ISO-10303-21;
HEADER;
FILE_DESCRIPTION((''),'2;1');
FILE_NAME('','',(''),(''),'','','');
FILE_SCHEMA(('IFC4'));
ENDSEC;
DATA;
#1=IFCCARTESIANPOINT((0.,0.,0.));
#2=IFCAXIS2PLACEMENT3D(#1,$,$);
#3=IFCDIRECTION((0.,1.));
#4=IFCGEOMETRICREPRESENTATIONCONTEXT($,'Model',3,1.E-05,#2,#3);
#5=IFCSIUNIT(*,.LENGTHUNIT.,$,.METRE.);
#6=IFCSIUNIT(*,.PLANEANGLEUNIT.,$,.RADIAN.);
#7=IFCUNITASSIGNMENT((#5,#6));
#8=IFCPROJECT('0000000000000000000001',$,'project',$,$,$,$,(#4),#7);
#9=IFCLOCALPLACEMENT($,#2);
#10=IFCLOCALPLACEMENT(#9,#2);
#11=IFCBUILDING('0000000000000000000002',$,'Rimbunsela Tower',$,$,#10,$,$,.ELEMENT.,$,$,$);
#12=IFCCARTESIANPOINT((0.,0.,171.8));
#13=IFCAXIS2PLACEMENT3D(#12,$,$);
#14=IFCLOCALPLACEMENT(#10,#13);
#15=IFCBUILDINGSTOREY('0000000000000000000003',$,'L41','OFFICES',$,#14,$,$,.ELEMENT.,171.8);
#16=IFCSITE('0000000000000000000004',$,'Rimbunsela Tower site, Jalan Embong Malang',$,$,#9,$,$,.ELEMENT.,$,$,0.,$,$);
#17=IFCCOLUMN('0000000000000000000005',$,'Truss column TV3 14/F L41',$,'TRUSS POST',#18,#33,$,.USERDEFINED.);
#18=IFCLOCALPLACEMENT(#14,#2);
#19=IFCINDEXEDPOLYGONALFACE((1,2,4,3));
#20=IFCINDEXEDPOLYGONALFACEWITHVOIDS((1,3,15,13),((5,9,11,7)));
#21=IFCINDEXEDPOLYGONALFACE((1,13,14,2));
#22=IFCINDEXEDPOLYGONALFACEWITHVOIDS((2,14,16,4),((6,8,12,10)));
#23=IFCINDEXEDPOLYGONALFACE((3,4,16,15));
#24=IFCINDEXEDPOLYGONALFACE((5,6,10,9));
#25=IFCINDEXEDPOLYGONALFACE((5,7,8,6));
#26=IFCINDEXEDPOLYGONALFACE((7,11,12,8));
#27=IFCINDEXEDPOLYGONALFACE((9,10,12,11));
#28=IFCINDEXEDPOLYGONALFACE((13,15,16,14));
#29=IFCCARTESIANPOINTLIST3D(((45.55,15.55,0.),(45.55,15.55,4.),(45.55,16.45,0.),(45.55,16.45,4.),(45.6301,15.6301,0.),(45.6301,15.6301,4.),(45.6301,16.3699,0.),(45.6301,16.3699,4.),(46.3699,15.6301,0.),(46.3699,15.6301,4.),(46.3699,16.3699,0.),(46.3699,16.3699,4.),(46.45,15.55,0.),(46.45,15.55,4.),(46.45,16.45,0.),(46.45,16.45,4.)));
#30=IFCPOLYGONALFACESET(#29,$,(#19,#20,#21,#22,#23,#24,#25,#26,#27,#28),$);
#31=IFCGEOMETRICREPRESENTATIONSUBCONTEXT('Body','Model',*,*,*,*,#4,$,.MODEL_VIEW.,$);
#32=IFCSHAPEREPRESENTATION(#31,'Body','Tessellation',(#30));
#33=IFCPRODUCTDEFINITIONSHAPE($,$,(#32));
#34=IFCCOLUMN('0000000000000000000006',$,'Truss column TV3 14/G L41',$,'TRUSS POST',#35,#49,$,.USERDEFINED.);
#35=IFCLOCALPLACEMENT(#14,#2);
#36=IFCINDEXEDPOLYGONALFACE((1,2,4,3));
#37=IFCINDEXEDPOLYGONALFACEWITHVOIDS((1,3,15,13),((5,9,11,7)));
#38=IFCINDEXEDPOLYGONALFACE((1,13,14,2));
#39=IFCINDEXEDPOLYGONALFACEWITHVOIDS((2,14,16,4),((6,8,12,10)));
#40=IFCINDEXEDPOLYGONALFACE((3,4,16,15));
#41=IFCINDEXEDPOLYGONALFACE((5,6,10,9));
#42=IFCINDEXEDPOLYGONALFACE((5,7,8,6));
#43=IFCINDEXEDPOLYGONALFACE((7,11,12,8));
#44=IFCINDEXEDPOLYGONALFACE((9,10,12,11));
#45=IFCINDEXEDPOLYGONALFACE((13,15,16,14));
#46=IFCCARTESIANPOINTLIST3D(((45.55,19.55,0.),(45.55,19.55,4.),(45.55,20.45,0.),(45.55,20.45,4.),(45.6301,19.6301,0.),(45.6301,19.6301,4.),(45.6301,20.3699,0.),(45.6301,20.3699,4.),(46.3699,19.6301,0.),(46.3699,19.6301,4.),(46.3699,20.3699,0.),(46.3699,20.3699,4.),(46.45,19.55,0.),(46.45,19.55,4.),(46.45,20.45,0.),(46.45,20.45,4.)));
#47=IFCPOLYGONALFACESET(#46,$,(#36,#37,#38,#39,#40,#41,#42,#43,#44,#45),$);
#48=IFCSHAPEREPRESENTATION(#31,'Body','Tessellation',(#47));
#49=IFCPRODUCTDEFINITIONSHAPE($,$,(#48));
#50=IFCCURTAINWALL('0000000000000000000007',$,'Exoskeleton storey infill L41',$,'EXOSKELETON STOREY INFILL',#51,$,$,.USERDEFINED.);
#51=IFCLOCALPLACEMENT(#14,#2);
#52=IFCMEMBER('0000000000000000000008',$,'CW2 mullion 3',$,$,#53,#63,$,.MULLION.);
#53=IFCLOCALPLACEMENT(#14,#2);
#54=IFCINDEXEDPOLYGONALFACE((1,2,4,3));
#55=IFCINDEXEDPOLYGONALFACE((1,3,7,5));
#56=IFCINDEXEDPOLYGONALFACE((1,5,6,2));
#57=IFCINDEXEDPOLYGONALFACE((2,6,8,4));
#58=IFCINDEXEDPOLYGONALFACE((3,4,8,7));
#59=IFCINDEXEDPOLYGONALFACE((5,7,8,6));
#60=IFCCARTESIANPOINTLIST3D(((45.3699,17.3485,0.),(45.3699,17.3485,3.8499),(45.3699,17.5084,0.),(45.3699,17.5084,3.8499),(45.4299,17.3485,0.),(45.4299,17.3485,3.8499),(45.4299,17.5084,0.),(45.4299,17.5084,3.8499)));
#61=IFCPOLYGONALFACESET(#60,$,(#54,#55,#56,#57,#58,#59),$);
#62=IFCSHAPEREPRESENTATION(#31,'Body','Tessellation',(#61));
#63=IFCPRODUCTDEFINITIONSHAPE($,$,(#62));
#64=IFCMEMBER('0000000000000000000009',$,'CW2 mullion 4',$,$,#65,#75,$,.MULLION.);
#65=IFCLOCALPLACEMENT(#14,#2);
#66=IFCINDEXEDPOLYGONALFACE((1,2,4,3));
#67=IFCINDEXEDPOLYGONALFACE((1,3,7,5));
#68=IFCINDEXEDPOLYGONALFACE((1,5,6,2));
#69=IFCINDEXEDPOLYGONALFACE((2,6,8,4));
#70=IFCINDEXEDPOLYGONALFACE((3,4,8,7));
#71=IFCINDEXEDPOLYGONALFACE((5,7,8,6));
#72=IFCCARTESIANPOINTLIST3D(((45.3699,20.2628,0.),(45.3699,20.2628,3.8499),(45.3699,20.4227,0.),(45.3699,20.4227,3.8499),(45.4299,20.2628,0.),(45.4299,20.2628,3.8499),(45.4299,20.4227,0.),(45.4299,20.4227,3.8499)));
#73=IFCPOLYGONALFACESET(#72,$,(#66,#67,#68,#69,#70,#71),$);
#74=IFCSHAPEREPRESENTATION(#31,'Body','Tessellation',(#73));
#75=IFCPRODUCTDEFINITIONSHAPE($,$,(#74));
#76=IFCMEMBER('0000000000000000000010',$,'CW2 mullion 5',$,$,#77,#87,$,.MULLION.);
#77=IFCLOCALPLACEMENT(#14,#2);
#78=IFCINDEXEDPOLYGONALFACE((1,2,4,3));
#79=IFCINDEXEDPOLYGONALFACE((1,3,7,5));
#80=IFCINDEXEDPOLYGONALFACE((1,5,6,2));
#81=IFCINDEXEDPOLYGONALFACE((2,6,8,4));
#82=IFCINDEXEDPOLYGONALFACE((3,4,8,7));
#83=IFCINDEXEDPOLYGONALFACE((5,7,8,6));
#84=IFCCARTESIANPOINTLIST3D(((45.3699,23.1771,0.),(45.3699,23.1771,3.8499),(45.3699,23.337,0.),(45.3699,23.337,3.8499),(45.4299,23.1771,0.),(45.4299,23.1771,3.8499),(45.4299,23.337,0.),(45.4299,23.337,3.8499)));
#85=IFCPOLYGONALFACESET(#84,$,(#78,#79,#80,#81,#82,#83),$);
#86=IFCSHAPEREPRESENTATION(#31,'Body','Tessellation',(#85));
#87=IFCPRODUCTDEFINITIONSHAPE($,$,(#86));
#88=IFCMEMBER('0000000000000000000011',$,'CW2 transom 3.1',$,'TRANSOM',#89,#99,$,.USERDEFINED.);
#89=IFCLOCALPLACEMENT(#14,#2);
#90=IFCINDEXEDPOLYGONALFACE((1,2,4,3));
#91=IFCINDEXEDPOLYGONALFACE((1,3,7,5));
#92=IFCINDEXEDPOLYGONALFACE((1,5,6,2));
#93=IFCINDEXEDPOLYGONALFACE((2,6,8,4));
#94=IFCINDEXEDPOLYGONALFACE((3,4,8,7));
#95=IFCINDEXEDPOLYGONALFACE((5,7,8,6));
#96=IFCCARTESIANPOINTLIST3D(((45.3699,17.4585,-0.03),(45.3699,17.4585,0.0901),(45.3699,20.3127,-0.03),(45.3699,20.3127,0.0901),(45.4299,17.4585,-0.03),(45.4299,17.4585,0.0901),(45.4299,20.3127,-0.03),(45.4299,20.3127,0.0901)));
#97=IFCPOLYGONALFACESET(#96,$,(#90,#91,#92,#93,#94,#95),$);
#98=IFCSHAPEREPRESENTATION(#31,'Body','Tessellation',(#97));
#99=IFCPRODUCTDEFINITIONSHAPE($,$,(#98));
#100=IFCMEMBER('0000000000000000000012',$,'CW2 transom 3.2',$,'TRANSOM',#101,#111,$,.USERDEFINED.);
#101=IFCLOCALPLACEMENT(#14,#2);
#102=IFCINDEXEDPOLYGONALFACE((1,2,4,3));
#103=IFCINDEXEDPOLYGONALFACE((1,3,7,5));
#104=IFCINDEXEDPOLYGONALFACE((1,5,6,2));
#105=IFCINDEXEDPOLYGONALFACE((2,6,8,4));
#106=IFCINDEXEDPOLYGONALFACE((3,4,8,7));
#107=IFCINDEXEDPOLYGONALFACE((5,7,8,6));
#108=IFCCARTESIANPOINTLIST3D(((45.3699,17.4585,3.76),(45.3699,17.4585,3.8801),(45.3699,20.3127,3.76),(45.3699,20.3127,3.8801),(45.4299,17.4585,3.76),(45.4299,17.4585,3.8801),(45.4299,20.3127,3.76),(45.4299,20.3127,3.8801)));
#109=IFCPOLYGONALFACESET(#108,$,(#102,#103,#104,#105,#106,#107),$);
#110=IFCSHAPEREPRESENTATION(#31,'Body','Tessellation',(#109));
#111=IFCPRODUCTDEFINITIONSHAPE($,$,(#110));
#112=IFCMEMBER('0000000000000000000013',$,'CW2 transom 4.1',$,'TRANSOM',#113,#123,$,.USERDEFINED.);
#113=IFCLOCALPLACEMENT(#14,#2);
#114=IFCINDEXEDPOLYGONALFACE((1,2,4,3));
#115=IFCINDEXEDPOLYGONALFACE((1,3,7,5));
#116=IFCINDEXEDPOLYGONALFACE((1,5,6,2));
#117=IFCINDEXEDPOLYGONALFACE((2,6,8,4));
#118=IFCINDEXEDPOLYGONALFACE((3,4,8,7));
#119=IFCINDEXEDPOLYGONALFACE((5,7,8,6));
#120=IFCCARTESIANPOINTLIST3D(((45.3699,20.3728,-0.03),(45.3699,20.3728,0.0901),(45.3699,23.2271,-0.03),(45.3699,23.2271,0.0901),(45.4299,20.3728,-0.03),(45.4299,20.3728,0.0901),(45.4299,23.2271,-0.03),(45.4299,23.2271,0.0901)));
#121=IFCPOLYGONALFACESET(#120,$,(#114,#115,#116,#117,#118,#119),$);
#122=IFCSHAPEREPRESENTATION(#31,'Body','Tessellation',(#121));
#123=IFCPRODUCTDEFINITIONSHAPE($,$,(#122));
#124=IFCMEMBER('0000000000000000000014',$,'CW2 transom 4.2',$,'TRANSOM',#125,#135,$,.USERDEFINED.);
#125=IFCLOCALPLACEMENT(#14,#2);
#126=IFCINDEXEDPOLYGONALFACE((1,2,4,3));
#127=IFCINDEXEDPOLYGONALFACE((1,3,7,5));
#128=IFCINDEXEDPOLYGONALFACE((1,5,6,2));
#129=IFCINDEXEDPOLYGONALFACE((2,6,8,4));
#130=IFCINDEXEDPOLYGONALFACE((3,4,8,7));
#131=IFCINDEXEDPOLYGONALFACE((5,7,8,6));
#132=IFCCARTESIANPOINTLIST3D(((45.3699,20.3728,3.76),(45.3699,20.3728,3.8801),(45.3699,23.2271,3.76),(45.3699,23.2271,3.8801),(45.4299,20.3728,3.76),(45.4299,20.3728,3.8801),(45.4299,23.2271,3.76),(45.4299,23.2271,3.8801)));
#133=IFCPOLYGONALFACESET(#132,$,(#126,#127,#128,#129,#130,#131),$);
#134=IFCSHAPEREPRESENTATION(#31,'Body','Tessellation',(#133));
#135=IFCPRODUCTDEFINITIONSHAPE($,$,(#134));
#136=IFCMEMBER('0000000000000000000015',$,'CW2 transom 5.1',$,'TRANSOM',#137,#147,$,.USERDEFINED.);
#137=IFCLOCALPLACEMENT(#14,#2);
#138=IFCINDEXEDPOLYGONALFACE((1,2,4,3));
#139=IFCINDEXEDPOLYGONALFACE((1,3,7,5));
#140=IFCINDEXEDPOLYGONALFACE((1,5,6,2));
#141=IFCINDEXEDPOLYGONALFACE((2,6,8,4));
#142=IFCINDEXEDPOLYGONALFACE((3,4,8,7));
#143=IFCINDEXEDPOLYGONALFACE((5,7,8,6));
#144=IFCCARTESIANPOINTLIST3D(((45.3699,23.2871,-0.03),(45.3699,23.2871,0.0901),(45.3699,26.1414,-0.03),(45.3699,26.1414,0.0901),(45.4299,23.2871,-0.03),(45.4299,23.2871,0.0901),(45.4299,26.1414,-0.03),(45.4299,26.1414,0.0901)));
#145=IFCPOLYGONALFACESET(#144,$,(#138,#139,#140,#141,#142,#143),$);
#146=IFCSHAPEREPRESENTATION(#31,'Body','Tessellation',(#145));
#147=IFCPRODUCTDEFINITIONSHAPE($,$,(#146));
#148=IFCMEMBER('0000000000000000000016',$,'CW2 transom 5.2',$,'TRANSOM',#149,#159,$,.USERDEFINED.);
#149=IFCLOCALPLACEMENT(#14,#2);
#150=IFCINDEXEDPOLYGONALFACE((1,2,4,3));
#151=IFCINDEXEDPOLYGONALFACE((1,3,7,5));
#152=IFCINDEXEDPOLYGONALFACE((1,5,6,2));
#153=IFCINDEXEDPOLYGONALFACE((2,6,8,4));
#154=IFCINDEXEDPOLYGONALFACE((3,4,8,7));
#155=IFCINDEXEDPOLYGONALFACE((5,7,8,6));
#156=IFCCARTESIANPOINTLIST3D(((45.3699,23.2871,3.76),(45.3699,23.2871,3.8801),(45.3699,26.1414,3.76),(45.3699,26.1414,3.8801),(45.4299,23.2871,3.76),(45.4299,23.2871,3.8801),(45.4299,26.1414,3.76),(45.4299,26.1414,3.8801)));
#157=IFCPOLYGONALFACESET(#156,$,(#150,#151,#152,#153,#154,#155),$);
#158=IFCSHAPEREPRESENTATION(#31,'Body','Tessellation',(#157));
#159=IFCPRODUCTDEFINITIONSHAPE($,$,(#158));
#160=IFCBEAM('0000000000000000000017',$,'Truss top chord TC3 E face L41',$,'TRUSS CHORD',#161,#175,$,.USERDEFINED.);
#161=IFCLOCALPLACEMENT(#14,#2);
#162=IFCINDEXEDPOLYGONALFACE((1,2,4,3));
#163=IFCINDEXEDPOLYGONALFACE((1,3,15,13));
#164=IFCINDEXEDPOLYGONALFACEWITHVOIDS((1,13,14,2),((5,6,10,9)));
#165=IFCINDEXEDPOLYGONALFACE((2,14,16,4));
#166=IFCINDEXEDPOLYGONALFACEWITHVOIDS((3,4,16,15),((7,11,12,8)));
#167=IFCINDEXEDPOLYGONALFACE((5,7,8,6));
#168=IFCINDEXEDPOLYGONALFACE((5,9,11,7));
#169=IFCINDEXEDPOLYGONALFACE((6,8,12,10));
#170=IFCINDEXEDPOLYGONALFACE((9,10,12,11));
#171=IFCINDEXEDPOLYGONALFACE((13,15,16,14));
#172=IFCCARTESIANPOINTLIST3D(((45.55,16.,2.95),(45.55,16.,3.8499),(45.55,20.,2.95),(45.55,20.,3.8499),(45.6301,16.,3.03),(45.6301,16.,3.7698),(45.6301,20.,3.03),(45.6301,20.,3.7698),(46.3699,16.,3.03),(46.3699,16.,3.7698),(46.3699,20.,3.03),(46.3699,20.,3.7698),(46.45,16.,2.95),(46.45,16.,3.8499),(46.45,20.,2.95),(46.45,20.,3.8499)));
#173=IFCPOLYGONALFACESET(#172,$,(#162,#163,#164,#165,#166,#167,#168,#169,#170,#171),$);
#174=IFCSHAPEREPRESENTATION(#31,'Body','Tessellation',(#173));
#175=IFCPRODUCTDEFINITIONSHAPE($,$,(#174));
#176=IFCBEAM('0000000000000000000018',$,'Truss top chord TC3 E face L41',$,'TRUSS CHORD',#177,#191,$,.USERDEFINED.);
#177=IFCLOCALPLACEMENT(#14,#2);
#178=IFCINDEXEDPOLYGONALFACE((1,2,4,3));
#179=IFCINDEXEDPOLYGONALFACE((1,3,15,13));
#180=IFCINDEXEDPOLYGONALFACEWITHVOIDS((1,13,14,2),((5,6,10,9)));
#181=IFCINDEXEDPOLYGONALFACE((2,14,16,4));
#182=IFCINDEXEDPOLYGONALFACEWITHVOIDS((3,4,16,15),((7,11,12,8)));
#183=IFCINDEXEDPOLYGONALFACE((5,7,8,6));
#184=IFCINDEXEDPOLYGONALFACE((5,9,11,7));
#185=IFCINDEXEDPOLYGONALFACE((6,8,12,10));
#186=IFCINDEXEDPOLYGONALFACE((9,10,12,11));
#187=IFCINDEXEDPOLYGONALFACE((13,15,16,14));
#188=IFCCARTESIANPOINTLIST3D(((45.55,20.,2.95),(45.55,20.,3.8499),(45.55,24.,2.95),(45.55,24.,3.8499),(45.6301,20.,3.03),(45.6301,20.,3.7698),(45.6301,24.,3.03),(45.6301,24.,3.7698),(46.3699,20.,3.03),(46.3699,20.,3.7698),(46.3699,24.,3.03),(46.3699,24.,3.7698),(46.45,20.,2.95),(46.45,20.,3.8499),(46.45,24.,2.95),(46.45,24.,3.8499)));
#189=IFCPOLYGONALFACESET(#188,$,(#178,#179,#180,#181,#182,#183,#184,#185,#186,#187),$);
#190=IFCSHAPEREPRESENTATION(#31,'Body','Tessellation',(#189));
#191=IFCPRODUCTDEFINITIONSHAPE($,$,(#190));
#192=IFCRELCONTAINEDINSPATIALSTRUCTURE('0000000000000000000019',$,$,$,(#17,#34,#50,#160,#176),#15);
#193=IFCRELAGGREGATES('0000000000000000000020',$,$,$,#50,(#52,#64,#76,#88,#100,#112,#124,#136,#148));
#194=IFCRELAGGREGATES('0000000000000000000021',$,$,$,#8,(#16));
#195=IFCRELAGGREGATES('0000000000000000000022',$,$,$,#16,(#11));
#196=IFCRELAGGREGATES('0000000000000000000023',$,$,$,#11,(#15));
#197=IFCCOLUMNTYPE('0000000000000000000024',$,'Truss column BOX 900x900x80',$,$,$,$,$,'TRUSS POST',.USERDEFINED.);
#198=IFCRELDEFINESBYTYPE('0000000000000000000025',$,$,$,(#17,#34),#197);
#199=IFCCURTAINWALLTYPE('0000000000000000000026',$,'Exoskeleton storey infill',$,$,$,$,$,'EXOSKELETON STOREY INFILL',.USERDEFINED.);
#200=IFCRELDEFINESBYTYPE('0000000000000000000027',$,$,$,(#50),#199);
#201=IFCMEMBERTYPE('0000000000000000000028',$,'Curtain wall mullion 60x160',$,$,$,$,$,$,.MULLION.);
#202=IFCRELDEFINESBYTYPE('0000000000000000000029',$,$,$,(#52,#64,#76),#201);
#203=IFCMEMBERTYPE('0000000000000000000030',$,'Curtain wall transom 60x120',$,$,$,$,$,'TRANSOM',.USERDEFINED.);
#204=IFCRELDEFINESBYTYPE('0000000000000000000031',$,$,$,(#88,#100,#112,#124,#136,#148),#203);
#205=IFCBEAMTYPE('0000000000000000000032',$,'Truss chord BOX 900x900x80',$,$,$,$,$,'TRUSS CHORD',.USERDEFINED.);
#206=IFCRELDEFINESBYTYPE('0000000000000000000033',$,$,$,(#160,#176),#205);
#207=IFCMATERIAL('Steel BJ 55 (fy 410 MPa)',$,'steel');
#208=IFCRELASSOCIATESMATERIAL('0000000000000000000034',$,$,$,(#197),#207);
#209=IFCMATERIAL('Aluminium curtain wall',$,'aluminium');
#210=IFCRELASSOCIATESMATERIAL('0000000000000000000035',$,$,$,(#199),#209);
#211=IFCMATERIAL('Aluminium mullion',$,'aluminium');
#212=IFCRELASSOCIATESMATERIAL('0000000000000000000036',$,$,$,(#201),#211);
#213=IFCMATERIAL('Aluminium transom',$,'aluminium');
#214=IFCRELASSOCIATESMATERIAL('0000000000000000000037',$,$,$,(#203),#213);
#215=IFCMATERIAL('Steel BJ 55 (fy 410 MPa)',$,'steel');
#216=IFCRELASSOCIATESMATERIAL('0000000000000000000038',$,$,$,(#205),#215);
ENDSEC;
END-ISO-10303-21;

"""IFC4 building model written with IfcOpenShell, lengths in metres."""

from ifc_helpers import new_model, si_unit, direction, frame, origin, origin_2d, place, context, subcontext, project, spatial, rectangle, hollow_rectangle, extrude, material, material_profile, profile_set, type_object, element, aggregate, save


model = new_model("IFC4")

# Units and contexts
model_context = context("Model", 3, precision=1e-05, world=origin(), true_north=direction((0.0, 1.0)))
body_context = subcontext(model_context, "Body", "Model", "MODEL_VIEW")
ifc_project = project(units=[si_unit("LENGTHUNIT", "METRE"), si_unit("PLANEANGLEUNIT", "RADIAN")], contexts=[model_context])

# Site, building, storey
site_placement = place(None, origin())
site = spatial("IfcSite", under=ifc_project, at=site_placement, Name="Rimbunsela Tower site, Jalan Embong Malang", CompositionType="ELEMENT", RefElevation=0.0)
building_placement = place(site_placement, origin())
building = spatial("IfcBuilding", under=site, at=building_placement, Name="Rimbunsela Tower", CompositionType="ELEMENT")
storey_placement = place(building_placement, frame((0.0, 0.0, 171.8)))
storey = spatial("IfcBuildingStorey", under=building, at=storey_placement, Name="L41", Description="OFFICES", CompositionType="ELEMENT", Elevation=171.8)

# Columns
ifc_material_1 = material(Name="Steel BJ 55 (fy 410 MPa)", Category="steel")
ifc_material_profile_1 = material_profile(ifc_material_1, hollow_rectangle(XDim=0.8999, YDim=0.8999, WallThickness=0.0801, at=origin_2d()), Name="BOX 900x900x80")
ifc_profile_set_1 = profile_set([ifc_material_profile_1], Name="Steel BJ 55 (fy 410 MPa)")
column_type = type_object("IfcColumnType", Name="Truss column BOX 900x900x80", ElementType="TRUSS POST", PredefinedType="USERDEFINED", material=ifc_profile_set_1)
for number, where, z_axis, x_axis, name in (
    (1, (46.0, 16.0, 0.0), (0.0, 0.0, 1.0), (1.0, 0.0, 0.0), "Truss column TV3 14/F L41"),
    (2, (46.0, 20.0, 0.0), (0.0, 0.0, 1.0), (1.0, 0.0, 0.0), "Truss column TV3 14/G L41"),
):
    element("IfcColumn", number, at=place(storey_placement, frame(where, z_axis=z_axis, x_axis=x_axis)), inside=storey, type_object=column_type, Name=name, ObjectType="TRUSS POST", PredefinedType="USERDEFINED", context=body_context, shape_type="SweptSolid", body=[
        extrude(hollow_rectangle(XDim=0.8999, YDim=0.8999, WallThickness=0.0801, at=origin_2d()), origin(), (0.0, 0.0, 1.0), 4.0),
    ])

# Curtain wall, members
ifc_material_2 = material(Name="Aluminium curtain wall", Category="aluminium")
curtain_wall_type = type_object("IfcCurtainWallType", Name="Exoskeleton storey infill", ElementType="EXOSKELETON STOREY INFILL", PredefinedType="USERDEFINED", material=ifc_material_2)
curtain_wall_placement = place(storey_placement, origin())
curtain_wall = element("IfcCurtainWall", 3, at=curtain_wall_placement, inside=storey, type_object=curtain_wall_type, Name="Exoskeleton storey infill L41", ObjectType="EXOSKELETON STOREY INFILL", PredefinedType="USERDEFINED")
ifc_material_3 = material(Name="Aluminium mullion", Category="aluminium")
ifc_material_profile_2 = material_profile(ifc_material_3, rectangle(XDim=0.0601, YDim=0.1599, at=origin_2d()), Name="Mullion 60x160")
ifc_profile_set_2 = profile_set([ifc_material_profile_2], Name="Aluminium mullion")
member_type_1 = type_object("IfcMemberType", Name="Curtain wall mullion 60x160", PredefinedType="MULLION", material=ifc_profile_set_2)
member_1_placement = place(storey_placement, frame((45.3999, 17.4285, 0.0), z_axis=(0.0, 0.0, 1.0), x_axis=(-1.0, 0.0, 0.0)))
member_1 = element("IfcMember", 4, at=member_1_placement, type_object=member_type_1, Name="CW2 mullion 3", PredefinedType="MULLION", context=body_context, shape_type="SweptSolid", body=[
    extrude(rectangle(XDim=0.0601, YDim=0.1599, at=origin_2d()), origin(), (0.0, 0.0, 1.0), 3.8499),
])
member_2_placement = place(storey_placement, frame((45.3999, 20.3428, 0.0), z_axis=(0.0, 0.0, 1.0), x_axis=(-1.0, 0.0, 0.0)))
member_2 = element("IfcMember", 5, at=member_2_placement, type_object=member_type_1, Name="CW2 mullion 4", PredefinedType="MULLION", context=body_context, shape_type="SweptSolid", body=[
    extrude(rectangle(XDim=0.0601, YDim=0.1599, at=origin_2d()), origin(), (0.0, 0.0, 1.0), 3.8499),
])
member_3_placement = place(storey_placement, frame((45.3999, 23.2571, 0.0), z_axis=(0.0, 0.0, 1.0), x_axis=(-1.0, 0.0, 0.0)))
member_3 = element("IfcMember", 6, at=member_3_placement, type_object=member_type_1, Name="CW2 mullion 5", PredefinedType="MULLION", context=body_context, shape_type="SweptSolid", body=[
    extrude(rectangle(XDim=0.0601, YDim=0.1599, at=origin_2d()), origin(), (0.0, 0.0, 1.0), 3.8499),
])
ifc_material_4 = material(Name="Aluminium transom", Category="aluminium")
ifc_material_profile_3 = material_profile(ifc_material_4, rectangle(XDim=0.0601, YDim=0.1201, at=origin_2d()), Name="Transom 60x120")
ifc_profile_set_3 = profile_set([ifc_material_profile_3], Name="Aluminium transom")
member_type_2 = type_object("IfcMemberType", Name="Curtain wall transom 60x120", ElementType="TRANSOM", PredefinedType="USERDEFINED", material=ifc_profile_set_3)
member_4_placement = place(storey_placement, frame((45.3999, 17.4585, 0.03), z_axis=(0.0, 1.0, 0.0), x_axis=(-1.0, 0.0, 0.0)))
member_4 = element("IfcMember", 7, at=member_4_placement, type_object=member_type_2, Name="CW2 transom 3.1", ObjectType="TRANSOM", PredefinedType="USERDEFINED", context=body_context, shape_type="SweptSolid", body=[
    extrude(rectangle(XDim=0.0601, YDim=0.1201, at=origin_2d()), origin(), (0.0, 0.0, 1.0), 2.8542),
])
member_5_placement = place(storey_placement, frame((45.3999, 17.4585, 3.8201), z_axis=(0.0, 1.0, 0.0), x_axis=(-1.0, 0.0, 0.0)))
member_5 = element("IfcMember", 8, at=member_5_placement, type_object=member_type_2, Name="CW2 transom 3.2", ObjectType="TRANSOM", PredefinedType="USERDEFINED", context=body_context, shape_type="SweptSolid", body=[
    extrude(rectangle(XDim=0.0601, YDim=0.1201, at=origin_2d()), origin(), (0.0, 0.0, 1.0), 2.8542),
])
member_6_placement = place(storey_placement, frame((45.3999, 20.3728, 0.03), z_axis=(0.0, 1.0, 0.0), x_axis=(-1.0, 0.0, 0.0)))
member_6 = element("IfcMember", 9, at=member_6_placement, type_object=member_type_2, Name="CW2 transom 4.1", ObjectType="TRANSOM", PredefinedType="USERDEFINED", context=body_context, shape_type="SweptSolid", body=[
    extrude(rectangle(XDim=0.0601, YDim=0.1201, at=origin_2d()), origin(), (0.0, 0.0, 1.0), 2.8542),
])
member_7_placement = place(storey_placement, frame((45.3999, 20.3728, 3.8201), z_axis=(0.0, 1.0, 0.0), x_axis=(-1.0, 0.0, 0.0)))
member_7 = element("IfcMember", 10, at=member_7_placement, type_object=member_type_2, Name="CW2 transom 4.2", ObjectType="TRANSOM", PredefinedType="USERDEFINED", context=body_context, shape_type="SweptSolid", body=[
    extrude(rectangle(XDim=0.0601, YDim=0.1201, at=origin_2d()), origin(), (0.0, 0.0, 1.0), 2.8542),
])
member_8_placement = place(storey_placement, frame((45.3999, 23.2871, 0.03), z_axis=(0.0, 1.0, 0.0), x_axis=(-1.0, 0.0, 0.0)))
member_8 = element("IfcMember", 11, at=member_8_placement, type_object=member_type_2, Name="CW2 transom 5.1", ObjectType="TRANSOM", PredefinedType="USERDEFINED", context=body_context, shape_type="SweptSolid", body=[
    extrude(rectangle(XDim=0.0601, YDim=0.1201, at=origin_2d()), origin(), (0.0, 0.0, 1.0), 2.8542),
])
member_9_placement = place(storey_placement, frame((45.3999, 23.2871, 3.8201), z_axis=(0.0, 1.0, 0.0), x_axis=(-1.0, 0.0, 0.0)))
member_9 = element("IfcMember", 12, at=member_9_placement, type_object=member_type_2, Name="CW2 transom 5.2", ObjectType="TRANSOM", PredefinedType="USERDEFINED", context=body_context, shape_type="SweptSolid", body=[
    extrude(rectangle(XDim=0.0601, YDim=0.1201, at=origin_2d()), origin(), (0.0, 0.0, 1.0), 2.8542),
])

# Beams
ifc_material_5 = material(Name="Steel BJ 55 (fy 410 MPa)", Category="steel")
ifc_material_profile_4 = material_profile(ifc_material_5, hollow_rectangle(XDim=0.8999, YDim=0.8999, WallThickness=0.0801, at=origin_2d()), Name="BOX 900x900x80")
ifc_profile_set_4 = profile_set([ifc_material_profile_4], Name="Steel BJ 55 (fy 410 MPa)")
beam_type = type_object("IfcBeamType", Name="Truss chord BOX 900x900x80", ElementType="TRUSS CHORD", PredefinedType="USERDEFINED", material=ifc_profile_set_4)
for number, where, z_axis, x_axis, name in (
    (13, (46.0, 16.0, 3.3999), (0.0, 1.0, 0.0), (-1.0, 0.0, 0.0), "Truss top chord TC3 E face L41"),
    (14, (46.0, 20.0, 3.3999), (0.0, 1.0, 0.0), (-1.0, 0.0, 0.0), "Truss top chord TC3 E face L41"),
):
    element("IfcBeam", number, at=place(storey_placement, frame(where, z_axis=z_axis, x_axis=x_axis)), inside=storey, type_object=beam_type, Name=name, ObjectType="TRUSS CHORD", PredefinedType="USERDEFINED", context=body_context, shape_type="SweptSolid", body=[
        extrude(hollow_rectangle(XDim=0.8999, YDim=0.8999, WallThickness=0.0801, at=origin_2d()), origin(), (0.0, 0.0, 1.0), 4.0),
    ])

aggregate(curtain_wall, [member_1, member_2, member_3, member_4, member_5, member_6, member_7, member_8, member_9])

save(model, "model.ifc")
